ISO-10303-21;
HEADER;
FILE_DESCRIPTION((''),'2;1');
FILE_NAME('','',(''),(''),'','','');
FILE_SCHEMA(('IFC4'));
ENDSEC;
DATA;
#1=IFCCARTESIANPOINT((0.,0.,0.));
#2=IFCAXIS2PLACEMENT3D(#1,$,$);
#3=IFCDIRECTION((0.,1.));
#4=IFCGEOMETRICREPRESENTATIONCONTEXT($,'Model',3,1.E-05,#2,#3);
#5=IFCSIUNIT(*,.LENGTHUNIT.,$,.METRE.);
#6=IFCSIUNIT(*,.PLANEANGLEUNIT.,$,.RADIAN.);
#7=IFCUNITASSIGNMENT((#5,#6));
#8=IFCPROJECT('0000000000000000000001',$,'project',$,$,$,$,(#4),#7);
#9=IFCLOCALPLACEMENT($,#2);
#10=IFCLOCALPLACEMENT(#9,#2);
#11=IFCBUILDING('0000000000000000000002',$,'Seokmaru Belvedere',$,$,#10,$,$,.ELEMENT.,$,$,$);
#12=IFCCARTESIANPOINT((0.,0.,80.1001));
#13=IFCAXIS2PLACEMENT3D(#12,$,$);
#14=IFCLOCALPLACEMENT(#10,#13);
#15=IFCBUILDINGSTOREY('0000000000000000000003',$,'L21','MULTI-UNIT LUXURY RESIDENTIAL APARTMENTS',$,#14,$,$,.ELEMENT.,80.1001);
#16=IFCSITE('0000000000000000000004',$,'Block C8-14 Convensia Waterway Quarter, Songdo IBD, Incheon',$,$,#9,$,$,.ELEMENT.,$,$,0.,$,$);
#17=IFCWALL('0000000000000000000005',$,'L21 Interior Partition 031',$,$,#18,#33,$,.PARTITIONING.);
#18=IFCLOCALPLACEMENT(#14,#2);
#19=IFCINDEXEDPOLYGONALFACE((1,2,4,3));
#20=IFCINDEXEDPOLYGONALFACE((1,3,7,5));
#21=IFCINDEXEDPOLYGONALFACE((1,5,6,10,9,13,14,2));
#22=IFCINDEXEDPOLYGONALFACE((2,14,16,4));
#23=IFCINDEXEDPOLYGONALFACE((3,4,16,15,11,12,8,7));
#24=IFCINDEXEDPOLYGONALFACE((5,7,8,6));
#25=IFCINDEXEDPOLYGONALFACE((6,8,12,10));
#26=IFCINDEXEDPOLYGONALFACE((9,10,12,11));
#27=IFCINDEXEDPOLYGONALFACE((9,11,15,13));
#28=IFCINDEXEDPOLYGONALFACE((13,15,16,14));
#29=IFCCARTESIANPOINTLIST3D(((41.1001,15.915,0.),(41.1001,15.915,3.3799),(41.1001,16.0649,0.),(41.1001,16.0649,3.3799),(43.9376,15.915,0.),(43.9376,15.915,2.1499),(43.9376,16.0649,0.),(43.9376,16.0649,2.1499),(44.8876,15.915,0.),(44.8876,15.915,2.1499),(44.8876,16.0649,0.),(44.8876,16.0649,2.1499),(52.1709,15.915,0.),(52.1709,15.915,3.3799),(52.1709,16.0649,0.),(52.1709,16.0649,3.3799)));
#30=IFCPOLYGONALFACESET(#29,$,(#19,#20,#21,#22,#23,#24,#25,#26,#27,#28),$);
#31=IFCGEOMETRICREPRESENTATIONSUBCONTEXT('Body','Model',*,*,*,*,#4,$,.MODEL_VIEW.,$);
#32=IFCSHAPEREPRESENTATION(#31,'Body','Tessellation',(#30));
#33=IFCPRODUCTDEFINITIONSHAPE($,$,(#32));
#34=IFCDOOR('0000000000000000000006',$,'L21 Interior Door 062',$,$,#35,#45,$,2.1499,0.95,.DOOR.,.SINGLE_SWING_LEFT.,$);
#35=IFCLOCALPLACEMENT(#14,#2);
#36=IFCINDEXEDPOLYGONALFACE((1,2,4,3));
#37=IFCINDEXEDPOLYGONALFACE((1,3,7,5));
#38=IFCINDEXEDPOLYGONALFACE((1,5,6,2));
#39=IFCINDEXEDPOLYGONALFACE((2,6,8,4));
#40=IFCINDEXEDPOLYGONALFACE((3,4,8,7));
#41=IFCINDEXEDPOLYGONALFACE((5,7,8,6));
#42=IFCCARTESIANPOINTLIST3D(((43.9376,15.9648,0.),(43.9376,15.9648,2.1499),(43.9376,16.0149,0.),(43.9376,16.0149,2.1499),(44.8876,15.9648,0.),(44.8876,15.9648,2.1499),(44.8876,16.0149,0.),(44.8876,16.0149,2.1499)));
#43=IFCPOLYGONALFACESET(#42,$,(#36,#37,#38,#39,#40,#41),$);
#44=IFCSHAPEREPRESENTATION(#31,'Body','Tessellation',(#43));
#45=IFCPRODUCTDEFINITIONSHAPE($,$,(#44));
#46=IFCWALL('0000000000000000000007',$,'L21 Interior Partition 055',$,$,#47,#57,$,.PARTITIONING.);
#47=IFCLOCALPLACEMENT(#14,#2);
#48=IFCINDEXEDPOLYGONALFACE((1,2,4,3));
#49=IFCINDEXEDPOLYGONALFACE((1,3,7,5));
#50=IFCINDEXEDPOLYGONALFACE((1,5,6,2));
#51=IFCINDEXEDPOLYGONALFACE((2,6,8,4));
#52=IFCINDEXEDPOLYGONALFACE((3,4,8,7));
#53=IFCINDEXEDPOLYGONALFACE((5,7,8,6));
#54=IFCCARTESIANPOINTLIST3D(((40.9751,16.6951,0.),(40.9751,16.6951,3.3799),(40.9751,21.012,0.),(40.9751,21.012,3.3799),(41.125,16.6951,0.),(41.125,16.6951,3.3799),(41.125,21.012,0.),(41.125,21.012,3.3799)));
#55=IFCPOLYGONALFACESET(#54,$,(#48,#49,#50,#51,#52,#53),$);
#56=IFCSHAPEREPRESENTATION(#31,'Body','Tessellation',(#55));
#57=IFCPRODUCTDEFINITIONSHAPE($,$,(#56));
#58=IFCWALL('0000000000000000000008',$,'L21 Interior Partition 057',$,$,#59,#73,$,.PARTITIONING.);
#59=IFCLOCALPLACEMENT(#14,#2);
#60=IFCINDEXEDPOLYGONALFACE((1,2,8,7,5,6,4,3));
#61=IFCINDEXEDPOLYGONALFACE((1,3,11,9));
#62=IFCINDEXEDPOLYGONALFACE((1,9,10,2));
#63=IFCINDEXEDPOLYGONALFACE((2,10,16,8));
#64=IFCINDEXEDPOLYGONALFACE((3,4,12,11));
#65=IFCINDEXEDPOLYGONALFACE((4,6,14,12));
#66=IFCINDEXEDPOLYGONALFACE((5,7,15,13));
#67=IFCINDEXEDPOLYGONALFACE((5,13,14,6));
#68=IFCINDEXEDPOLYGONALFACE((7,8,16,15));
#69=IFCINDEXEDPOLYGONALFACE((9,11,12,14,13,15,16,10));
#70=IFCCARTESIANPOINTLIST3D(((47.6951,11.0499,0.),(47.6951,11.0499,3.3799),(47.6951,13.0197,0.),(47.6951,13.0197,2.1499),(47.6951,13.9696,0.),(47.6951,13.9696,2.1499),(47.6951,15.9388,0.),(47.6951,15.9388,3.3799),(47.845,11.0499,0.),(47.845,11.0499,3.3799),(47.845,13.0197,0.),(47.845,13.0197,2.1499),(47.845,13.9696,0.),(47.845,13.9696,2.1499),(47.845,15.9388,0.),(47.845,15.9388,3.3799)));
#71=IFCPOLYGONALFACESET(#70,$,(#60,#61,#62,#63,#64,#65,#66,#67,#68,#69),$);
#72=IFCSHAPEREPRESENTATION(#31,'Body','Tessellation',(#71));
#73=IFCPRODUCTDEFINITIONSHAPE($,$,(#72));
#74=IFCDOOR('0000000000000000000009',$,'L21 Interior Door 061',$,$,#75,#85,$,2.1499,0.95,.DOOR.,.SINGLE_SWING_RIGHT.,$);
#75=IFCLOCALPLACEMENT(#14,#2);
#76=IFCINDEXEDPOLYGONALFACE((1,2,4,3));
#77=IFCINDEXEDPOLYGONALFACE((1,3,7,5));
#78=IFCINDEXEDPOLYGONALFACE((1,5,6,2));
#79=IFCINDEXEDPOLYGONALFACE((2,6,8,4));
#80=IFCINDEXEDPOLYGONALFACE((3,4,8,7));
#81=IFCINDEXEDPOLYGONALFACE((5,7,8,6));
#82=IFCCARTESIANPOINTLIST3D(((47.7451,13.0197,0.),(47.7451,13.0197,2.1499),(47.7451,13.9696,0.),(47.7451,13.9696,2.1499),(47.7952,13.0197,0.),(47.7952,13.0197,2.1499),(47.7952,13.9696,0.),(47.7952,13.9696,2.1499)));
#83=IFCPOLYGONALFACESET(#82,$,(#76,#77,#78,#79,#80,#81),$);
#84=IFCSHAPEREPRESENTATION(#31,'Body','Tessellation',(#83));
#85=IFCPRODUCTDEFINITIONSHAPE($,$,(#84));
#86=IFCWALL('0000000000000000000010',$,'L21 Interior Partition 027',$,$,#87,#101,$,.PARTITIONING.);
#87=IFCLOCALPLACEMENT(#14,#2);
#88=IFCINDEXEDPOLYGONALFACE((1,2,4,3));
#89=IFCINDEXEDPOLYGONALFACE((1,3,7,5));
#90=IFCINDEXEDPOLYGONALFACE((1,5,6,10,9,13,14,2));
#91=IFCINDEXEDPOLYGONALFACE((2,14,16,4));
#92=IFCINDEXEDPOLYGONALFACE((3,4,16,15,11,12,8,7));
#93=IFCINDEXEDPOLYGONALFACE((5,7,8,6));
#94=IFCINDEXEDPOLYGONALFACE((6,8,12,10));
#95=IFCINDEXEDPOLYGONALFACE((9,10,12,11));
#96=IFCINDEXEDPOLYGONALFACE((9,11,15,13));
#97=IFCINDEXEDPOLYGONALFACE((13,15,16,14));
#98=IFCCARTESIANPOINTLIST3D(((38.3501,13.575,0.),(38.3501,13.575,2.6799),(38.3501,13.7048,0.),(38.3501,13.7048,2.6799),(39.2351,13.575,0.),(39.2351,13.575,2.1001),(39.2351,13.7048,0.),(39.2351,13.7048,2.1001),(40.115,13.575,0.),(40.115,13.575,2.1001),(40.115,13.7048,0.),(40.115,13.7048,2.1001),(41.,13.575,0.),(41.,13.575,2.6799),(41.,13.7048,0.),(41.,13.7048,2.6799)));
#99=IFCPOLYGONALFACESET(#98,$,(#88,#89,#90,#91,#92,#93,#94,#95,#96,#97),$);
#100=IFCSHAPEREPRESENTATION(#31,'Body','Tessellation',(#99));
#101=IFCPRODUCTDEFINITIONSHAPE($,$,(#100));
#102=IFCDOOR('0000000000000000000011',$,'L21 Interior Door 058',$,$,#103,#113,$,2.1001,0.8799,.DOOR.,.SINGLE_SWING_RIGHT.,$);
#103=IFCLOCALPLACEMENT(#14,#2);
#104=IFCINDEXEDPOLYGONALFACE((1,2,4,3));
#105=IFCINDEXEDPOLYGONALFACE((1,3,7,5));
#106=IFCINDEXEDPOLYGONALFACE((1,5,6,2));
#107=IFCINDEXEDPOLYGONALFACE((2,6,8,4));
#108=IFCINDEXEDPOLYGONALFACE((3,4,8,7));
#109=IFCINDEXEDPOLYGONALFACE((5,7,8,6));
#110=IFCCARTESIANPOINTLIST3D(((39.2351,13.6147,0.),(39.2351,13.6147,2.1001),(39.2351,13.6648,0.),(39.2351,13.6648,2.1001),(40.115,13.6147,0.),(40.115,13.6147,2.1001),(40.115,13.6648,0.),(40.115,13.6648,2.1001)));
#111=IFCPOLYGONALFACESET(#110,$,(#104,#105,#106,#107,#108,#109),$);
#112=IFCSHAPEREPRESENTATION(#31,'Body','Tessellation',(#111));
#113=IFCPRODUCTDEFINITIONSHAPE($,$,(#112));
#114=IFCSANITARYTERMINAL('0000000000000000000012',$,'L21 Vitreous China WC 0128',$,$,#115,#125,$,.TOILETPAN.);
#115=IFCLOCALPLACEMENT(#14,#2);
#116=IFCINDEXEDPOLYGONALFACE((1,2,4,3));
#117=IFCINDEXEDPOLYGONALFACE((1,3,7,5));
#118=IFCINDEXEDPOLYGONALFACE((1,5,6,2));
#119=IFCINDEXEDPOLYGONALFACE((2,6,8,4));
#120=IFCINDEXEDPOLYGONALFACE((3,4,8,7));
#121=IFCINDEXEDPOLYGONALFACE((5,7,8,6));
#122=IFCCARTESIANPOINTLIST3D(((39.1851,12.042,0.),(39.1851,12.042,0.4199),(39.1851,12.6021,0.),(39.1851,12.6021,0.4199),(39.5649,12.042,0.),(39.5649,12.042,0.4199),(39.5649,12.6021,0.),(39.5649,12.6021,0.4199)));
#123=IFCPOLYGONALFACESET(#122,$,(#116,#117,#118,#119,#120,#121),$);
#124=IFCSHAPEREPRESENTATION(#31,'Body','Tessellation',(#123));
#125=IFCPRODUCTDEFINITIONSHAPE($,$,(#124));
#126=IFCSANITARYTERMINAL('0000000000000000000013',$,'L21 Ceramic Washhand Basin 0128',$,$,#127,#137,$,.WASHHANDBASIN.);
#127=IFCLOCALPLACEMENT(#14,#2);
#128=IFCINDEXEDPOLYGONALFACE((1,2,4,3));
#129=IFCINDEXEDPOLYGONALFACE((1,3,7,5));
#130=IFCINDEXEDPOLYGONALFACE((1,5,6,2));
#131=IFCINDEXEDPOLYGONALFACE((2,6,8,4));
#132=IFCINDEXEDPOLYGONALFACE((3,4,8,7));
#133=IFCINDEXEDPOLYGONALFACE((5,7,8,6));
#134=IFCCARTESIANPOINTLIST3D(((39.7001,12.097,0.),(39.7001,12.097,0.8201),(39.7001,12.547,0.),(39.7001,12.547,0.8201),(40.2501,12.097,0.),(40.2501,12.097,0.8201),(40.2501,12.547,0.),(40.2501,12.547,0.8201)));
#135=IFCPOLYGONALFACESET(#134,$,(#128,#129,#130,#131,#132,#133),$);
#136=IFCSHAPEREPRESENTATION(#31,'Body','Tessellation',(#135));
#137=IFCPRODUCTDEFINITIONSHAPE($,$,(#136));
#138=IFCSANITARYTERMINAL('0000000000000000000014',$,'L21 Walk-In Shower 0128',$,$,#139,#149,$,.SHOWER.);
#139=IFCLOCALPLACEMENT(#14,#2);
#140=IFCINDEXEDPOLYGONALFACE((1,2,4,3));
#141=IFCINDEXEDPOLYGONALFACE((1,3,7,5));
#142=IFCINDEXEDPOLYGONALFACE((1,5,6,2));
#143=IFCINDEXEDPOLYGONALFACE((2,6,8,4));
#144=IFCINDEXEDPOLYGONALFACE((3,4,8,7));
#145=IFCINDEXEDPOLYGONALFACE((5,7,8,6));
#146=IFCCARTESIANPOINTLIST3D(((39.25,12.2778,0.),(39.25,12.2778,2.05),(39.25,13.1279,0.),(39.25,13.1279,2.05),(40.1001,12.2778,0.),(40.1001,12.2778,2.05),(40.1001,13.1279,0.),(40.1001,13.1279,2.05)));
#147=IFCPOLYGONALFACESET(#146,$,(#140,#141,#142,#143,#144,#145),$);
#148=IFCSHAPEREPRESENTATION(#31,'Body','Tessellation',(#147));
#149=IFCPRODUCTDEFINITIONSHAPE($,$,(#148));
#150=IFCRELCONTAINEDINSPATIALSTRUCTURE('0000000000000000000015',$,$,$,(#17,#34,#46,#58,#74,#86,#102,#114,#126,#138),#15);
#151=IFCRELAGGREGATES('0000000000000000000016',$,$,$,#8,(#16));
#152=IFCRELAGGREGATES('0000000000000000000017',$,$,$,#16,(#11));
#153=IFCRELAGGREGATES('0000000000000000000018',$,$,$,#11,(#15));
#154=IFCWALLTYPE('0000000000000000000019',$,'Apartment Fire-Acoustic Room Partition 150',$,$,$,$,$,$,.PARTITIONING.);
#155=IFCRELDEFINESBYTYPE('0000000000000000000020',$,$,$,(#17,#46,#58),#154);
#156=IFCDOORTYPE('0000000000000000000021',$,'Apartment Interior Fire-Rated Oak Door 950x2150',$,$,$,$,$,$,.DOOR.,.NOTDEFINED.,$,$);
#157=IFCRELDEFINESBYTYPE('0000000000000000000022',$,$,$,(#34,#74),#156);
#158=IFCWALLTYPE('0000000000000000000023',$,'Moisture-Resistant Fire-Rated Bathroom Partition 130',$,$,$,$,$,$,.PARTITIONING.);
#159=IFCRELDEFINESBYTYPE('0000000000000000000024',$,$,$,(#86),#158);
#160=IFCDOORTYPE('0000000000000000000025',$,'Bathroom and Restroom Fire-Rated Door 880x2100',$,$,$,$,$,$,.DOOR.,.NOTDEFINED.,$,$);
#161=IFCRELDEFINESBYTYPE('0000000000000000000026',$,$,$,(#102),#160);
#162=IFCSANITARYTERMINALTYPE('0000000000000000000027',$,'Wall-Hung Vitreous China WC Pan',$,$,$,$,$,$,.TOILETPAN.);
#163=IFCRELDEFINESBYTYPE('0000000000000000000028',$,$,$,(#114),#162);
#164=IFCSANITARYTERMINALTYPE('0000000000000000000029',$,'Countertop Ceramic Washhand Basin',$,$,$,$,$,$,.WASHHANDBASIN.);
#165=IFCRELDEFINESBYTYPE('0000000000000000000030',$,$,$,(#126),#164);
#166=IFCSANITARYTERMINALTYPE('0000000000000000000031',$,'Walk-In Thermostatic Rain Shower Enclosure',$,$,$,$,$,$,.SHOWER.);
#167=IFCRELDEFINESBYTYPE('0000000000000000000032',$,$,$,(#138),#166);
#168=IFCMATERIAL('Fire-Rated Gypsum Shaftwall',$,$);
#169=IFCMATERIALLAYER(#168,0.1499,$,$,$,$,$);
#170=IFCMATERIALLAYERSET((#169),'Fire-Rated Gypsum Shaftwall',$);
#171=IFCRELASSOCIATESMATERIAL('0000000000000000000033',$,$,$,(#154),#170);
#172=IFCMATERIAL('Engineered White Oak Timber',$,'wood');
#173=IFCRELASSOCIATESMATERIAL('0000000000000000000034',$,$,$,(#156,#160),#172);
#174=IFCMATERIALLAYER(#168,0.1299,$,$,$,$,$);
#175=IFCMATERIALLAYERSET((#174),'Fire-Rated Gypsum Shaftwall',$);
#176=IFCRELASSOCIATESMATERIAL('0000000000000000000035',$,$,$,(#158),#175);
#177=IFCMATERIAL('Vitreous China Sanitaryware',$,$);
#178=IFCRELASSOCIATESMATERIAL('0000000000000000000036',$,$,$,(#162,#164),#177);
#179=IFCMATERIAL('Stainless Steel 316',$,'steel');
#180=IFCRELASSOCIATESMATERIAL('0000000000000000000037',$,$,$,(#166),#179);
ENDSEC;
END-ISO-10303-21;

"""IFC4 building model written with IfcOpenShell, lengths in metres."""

from ifc_helpers import new_model, si_unit, direction, frame, frame_2d, origin, origin_2d, place, context, subcontext, project, spatial, rectangle, extrude, source, transform, mapped, material, layer, layer_set, type_object, type_shapes, element, fill, save


model = new_model("IFC4")

# Units and contexts
model_context = context("Model", 3, precision=1e-05, world=origin(), true_north=direction((0.0, 1.0)))
body_context = subcontext(model_context, "Body", "Model", "MODEL_VIEW")
ifc_project = project(units=[si_unit("LENGTHUNIT", "METRE"), si_unit("PLANEANGLEUNIT", "RADIAN")], contexts=[model_context])

# Site, building, storey
site_placement = place(None, origin())
site = spatial("IfcSite", under=ifc_project, at=site_placement, Name="Block C8-14 Convensia Waterway Quarter, Songdo IBD, Incheon", CompositionType="ELEMENT", RefElevation=0.0)
building_placement = place(site_placement, origin())
building = spatial("IfcBuilding", under=site, at=building_placement, Name="Seokmaru Belvedere", CompositionType="ELEMENT")
storey_placement = place(building_placement, frame((0.0, 0.0, 80.1001)))
storey = spatial("IfcBuildingStorey", under=building, at=storey_placement, Name="L21", Description="MULTI-UNIT LUXURY RESIDENTIAL APARTMENTS", CompositionType="ELEMENT", Elevation=80.1001)

# Wall, opening, door
ifc_material_1 = material(Name="Fire-Rated Gypsum Shaftwall")
ifc_layer_1 = layer(ifc_material_1, 0.1499)
ifc_layer_set_1 = layer_set([ifc_layer_1], Name="Fire-Rated Gypsum Shaftwall")
wall_type_1 = type_object("IfcWallType", Name="Apartment Fire-Acoustic Room Partition 150", PredefinedType="PARTITIONING", material=ifc_layer_set_1)
wall_1_placement = place(storey_placement, frame((41.1001, 15.99, 0.0), z_axis=(0.0, 0.0, 1.0), x_axis=(1.0, 0.0, 0.0)))
wall_1 = element("IfcWall", 1, at=wall_1_placement, inside=storey, type_object=wall_type_1, Name="L21 Interior Partition 031", PredefinedType="PARTITIONING", context=body_context, shape_type="SweptSolid", body=[
    extrude(rectangle(XDim=11.0708, YDim=0.1499, at=frame_2d((5.5354, 0.0))), origin(), (0.0, 0.0, 1.0), 3.3799),
])
opening_1_placement = place(wall_1_placement, frame((2.8374, 0.0, 0.0)))
opening_1 = element("IfcOpeningElement", 2, at=opening_1_placement, cuts=wall_1, PredefinedType="OPENING", context=body_context, shape_type="SweptSolid", body=[
    extrude(rectangle(XDim=0.95, YDim=2.1499, at=frame_2d((0.4751, 1.075))), frame((0.0, 0.085, 0.0), z_axis=(0.0, -1.0, 0.0), x_axis=(1.0, 0.0, 0.0)), (0.0, 0.0, 1.0), 0.1699),
])
ifc_material_2 = material(Name="Engineered White Oak Timber", Category="wood")
door_type_1 = type_object("IfcDoorType", Name="Apartment Interior Fire-Rated Oak Door 950x2150", OperationType="NOTDEFINED", PredefinedType="DOOR", material=ifc_material_2)
shared_shape_1 = source(origin(), body_context, "Body", "SweptSolid", [
    extrude(rectangle(XDim=0.95, YDim=2.1499, at=frame_2d((0.4751, 1.075))), frame((0.0, 0.0249, 0.0), z_axis=(0.0, -1.0, 0.0), x_axis=(1.0, 0.0, 0.0)), (0.0, 0.0, 1.0), 0.05),
])
type_shapes(door_type_1, [shared_shape_1])
door_1_placement = place(opening_1_placement, origin())
door_1 = element("IfcDoor", 3, at=door_1_placement, inside=storey, type_object=door_type_1, Name="L21 Interior Door 062", OperationType="SINGLE_SWING_LEFT", OverallHeight=2.1499, OverallWidth=0.95, PredefinedType="DOOR", context=body_context, shape_type="MappedRepresentation", body=[
    mapped(shared_shape_1, transform((0.0, 0.0, 0.0), scale=1.0)),
])
fill(opening_1, door_1)

# Wall
wall_2_placement = place(storey_placement, frame((41.05, 16.6951, 0.0), z_axis=(0.0, 0.0, 1.0), x_axis=(0.0, 1.0, 0.0)))
element("IfcWall", 4, at=wall_2_placement, inside=storey, type_object=wall_type_1, Name="L21 Interior Partition 055", PredefinedType="PARTITIONING", context=body_context, shape_type="SweptSolid", body=[
    extrude(rectangle(XDim=4.3169, YDim=0.1499, at=frame_2d((2.1584, 0.0))), origin(), (0.0, 0.0, 1.0), 3.3799),
])

# Walls, openings, doors
wall_3_placement = place(storey_placement, frame((47.77, 11.05, 0.0), z_axis=(0.0, 0.0, 1.0), x_axis=(0.0, 1.0, 0.0)))
wall_3 = element("IfcWall", 5, at=wall_3_placement, inside=storey, type_object=wall_type_1, Name="L21 Interior Partition 057", PredefinedType="PARTITIONING", context=body_context, shape_type="SweptSolid", body=[
    extrude(rectangle(XDim=4.8889, YDim=0.1499, at=frame_2d((2.4443, 0.0))), origin(), (0.0, 0.0, 1.0), 3.3799),
])
opening_2_placement = place(wall_3_placement, frame((1.9695, 0.0, 0.0)))
opening_2 = element("IfcOpeningElement", 6, at=opening_2_placement, cuts=wall_3, PredefinedType="OPENING", context=body_context, shape_type="SweptSolid", body=[
    extrude(rectangle(XDim=0.95, YDim=2.1499, at=frame_2d((0.4751, 1.075))), frame((0.0, 0.085, 0.0), z_axis=(0.0, -1.0, 0.0), x_axis=(1.0, 0.0, 0.0)), (0.0, 0.0, 1.0), 0.1699),
])
door_2_placement = place(opening_2_placement, origin())
door_2 = element("IfcDoor", 7, at=door_2_placement, inside=storey, type_object=door_type_1, Name="L21 Interior Door 061", OperationType="SINGLE_SWING_RIGHT", OverallHeight=2.1499, OverallWidth=0.95, PredefinedType="DOOR", context=body_context, shape_type="MappedRepresentation", body=[
    mapped(shared_shape_1, transform((0.0, 0.0, 0.0), scale=1.0)),
])
fill(opening_2, door_2)
ifc_layer_2 = layer(ifc_material_1, 0.1299)
ifc_layer_set_2 = layer_set([ifc_layer_2], Name="Fire-Rated Gypsum Shaftwall")
wall_type_2 = type_object("IfcWallType", Name="Moisture-Resistant Fire-Rated Bathroom Partition 130", PredefinedType="PARTITIONING", material=ifc_layer_set_2)
wall_4_placement = place(storey_placement, frame((38.3501, 13.6399, 0.0), z_axis=(0.0, 0.0, 1.0), x_axis=(1.0, 0.0, 0.0)))
wall_4 = element("IfcWall", 8, at=wall_4_placement, inside=storey, type_object=wall_type_2, Name="L21 Interior Partition 027", PredefinedType="PARTITIONING", context=body_context, shape_type="SweptSolid", body=[
    extrude(rectangle(XDim=2.6499, YDim=0.1299, at=frame_2d((1.325, 0.0))), origin(), (0.0, 0.0, 1.0), 2.6799),
])
opening_3_placement = place(wall_4_placement, frame((0.885, 0.0, 0.0)))
opening_3 = element("IfcOpeningElement", 9, at=opening_3_placement, cuts=wall_4, PredefinedType="OPENING", context=body_context, shape_type="SweptSolid", body=[
    extrude(rectangle(XDim=0.8799, YDim=2.1001, at=frame_2d((0.4399, 1.05))), frame((0.0, 0.075, 0.0), z_axis=(0.0, -1.0, 0.0), x_axis=(1.0, 0.0, 0.0)), (0.0, 0.0, 1.0), 0.1499),
])
door_type_2 = type_object("IfcDoorType", Name="Bathroom and Restroom Fire-Rated Door 880x2100", OperationType="NOTDEFINED", PredefinedType="DOOR", material=ifc_material_2)
shared_shape_2 = source(origin(), body_context, "Body", "SweptSolid", [
    extrude(rectangle(XDim=0.8799, YDim=2.1001, at=frame_2d((0.4399, 1.05))), frame((0.0, 0.0249, 0.0), z_axis=(0.0, -1.0, 0.0), x_axis=(1.0, 0.0, 0.0)), (0.0, 0.0, 1.0), 0.05),
])
type_shapes(door_type_2, [shared_shape_2])
door_3_placement = place(opening_3_placement, origin())
door_3 = element("IfcDoor", 10, at=door_3_placement, inside=storey, type_object=door_type_2, Name="L21 Interior Door 058", OperationType="SINGLE_SWING_RIGHT", OverallHeight=2.1001, OverallWidth=0.8799, PredefinedType="DOOR", context=body_context, shape_type="MappedRepresentation", body=[
    mapped(shared_shape_2, transform((0.0, 0.0, 0.0), scale=1.0)),
])
fill(opening_3, door_3)

# Sanitary terminals
ifc_material_3 = material(Name="Vitreous China Sanitaryware")
sanitary_terminal_type_1 = type_object("IfcSanitaryTerminalType", Name="Wall-Hung Vitreous China WC Pan", PredefinedType="TOILETPAN", material=ifc_material_3)
shared_shape_3 = source(origin(), body_context, "Body", "SweptSolid", [
    extrude(rectangle(XDim=0.3799, YDim=0.5601, at=origin_2d()), origin(), (0.0, 0.0, 1.0), 0.4199),
])
type_shapes(sanitary_terminal_type_1, [shared_shape_3])
sanitary_terminal_1_placement = place(storey_placement, frame((39.375, 12.322, 0.0), z_axis=(0.0, 0.0, 1.0), x_axis=(1.0, 0.0, 0.0)))
element("IfcSanitaryTerminal", 11, at=sanitary_terminal_1_placement, inside=storey, type_object=sanitary_terminal_type_1, Name="L21 Vitreous China WC 0128", PredefinedType="TOILETPAN", context=body_context, shape_type="MappedRepresentation", body=[
    mapped(shared_shape_3, transform((0.0, 0.0, 0.0), scale=1.0)),
])
sanitary_terminal_type_2 = type_object("IfcSanitaryTerminalType", Name="Countertop Ceramic Washhand Basin", PredefinedType="WASHHANDBASIN", material=ifc_material_3)
shared_shape_4 = source(origin(), body_context, "Body", "SweptSolid", [
    extrude(rectangle(XDim=0.55, YDim=0.45, at=origin_2d()), origin(), (0.0, 0.0, 1.0), 0.8201),
])
type_shapes(sanitary_terminal_type_2, [shared_shape_4])
sanitary_terminal_2_placement = place(storey_placement, frame((39.9751, 12.322, 0.0), z_axis=(0.0, 0.0, 1.0), x_axis=(1.0, 0.0, 0.0)))
element("IfcSanitaryTerminal", 12, at=sanitary_terminal_2_placement, inside=storey, type_object=sanitary_terminal_type_2, Name="L21 Ceramic Washhand Basin 0128", PredefinedType="WASHHANDBASIN", context=body_context, shape_type="MappedRepresentation", body=[
    mapped(shared_shape_4, transform((0.0, 0.0, 0.0), scale=1.0)),
])
ifc_material_4 = material(Name="Stainless Steel 316", Category="steel")
sanitary_terminal_type_3 = type_object("IfcSanitaryTerminalType", Name="Walk-In Thermostatic Rain Shower Enclosure", PredefinedType="SHOWER", material=ifc_material_4)
shared_shape_5 = source(origin(), body_context, "Body", "SweptSolid", [
    extrude(rectangle(XDim=0.8501, YDim=0.8501, at=origin_2d()), origin(), (0.0, 0.0, 1.0), 2.05),
])
type_shapes(sanitary_terminal_type_3, [shared_shape_5])
sanitary_terminal_3_placement = place(storey_placement, frame((39.675, 12.7029, 0.0), z_axis=(0.0, 0.0, 1.0), x_axis=(1.0, 0.0, 0.0)))
element("IfcSanitaryTerminal", 13, at=sanitary_terminal_3_placement, inside=storey, type_object=sanitary_terminal_type_3, Name="L21 Walk-In Shower 0128", PredefinedType="SHOWER", context=body_context, shape_type="MappedRepresentation", body=[
    mapped(shared_shape_5, transform((0.0, 0.0, 0.0), scale=1.0)),
])

save(model, "model.ifc")
